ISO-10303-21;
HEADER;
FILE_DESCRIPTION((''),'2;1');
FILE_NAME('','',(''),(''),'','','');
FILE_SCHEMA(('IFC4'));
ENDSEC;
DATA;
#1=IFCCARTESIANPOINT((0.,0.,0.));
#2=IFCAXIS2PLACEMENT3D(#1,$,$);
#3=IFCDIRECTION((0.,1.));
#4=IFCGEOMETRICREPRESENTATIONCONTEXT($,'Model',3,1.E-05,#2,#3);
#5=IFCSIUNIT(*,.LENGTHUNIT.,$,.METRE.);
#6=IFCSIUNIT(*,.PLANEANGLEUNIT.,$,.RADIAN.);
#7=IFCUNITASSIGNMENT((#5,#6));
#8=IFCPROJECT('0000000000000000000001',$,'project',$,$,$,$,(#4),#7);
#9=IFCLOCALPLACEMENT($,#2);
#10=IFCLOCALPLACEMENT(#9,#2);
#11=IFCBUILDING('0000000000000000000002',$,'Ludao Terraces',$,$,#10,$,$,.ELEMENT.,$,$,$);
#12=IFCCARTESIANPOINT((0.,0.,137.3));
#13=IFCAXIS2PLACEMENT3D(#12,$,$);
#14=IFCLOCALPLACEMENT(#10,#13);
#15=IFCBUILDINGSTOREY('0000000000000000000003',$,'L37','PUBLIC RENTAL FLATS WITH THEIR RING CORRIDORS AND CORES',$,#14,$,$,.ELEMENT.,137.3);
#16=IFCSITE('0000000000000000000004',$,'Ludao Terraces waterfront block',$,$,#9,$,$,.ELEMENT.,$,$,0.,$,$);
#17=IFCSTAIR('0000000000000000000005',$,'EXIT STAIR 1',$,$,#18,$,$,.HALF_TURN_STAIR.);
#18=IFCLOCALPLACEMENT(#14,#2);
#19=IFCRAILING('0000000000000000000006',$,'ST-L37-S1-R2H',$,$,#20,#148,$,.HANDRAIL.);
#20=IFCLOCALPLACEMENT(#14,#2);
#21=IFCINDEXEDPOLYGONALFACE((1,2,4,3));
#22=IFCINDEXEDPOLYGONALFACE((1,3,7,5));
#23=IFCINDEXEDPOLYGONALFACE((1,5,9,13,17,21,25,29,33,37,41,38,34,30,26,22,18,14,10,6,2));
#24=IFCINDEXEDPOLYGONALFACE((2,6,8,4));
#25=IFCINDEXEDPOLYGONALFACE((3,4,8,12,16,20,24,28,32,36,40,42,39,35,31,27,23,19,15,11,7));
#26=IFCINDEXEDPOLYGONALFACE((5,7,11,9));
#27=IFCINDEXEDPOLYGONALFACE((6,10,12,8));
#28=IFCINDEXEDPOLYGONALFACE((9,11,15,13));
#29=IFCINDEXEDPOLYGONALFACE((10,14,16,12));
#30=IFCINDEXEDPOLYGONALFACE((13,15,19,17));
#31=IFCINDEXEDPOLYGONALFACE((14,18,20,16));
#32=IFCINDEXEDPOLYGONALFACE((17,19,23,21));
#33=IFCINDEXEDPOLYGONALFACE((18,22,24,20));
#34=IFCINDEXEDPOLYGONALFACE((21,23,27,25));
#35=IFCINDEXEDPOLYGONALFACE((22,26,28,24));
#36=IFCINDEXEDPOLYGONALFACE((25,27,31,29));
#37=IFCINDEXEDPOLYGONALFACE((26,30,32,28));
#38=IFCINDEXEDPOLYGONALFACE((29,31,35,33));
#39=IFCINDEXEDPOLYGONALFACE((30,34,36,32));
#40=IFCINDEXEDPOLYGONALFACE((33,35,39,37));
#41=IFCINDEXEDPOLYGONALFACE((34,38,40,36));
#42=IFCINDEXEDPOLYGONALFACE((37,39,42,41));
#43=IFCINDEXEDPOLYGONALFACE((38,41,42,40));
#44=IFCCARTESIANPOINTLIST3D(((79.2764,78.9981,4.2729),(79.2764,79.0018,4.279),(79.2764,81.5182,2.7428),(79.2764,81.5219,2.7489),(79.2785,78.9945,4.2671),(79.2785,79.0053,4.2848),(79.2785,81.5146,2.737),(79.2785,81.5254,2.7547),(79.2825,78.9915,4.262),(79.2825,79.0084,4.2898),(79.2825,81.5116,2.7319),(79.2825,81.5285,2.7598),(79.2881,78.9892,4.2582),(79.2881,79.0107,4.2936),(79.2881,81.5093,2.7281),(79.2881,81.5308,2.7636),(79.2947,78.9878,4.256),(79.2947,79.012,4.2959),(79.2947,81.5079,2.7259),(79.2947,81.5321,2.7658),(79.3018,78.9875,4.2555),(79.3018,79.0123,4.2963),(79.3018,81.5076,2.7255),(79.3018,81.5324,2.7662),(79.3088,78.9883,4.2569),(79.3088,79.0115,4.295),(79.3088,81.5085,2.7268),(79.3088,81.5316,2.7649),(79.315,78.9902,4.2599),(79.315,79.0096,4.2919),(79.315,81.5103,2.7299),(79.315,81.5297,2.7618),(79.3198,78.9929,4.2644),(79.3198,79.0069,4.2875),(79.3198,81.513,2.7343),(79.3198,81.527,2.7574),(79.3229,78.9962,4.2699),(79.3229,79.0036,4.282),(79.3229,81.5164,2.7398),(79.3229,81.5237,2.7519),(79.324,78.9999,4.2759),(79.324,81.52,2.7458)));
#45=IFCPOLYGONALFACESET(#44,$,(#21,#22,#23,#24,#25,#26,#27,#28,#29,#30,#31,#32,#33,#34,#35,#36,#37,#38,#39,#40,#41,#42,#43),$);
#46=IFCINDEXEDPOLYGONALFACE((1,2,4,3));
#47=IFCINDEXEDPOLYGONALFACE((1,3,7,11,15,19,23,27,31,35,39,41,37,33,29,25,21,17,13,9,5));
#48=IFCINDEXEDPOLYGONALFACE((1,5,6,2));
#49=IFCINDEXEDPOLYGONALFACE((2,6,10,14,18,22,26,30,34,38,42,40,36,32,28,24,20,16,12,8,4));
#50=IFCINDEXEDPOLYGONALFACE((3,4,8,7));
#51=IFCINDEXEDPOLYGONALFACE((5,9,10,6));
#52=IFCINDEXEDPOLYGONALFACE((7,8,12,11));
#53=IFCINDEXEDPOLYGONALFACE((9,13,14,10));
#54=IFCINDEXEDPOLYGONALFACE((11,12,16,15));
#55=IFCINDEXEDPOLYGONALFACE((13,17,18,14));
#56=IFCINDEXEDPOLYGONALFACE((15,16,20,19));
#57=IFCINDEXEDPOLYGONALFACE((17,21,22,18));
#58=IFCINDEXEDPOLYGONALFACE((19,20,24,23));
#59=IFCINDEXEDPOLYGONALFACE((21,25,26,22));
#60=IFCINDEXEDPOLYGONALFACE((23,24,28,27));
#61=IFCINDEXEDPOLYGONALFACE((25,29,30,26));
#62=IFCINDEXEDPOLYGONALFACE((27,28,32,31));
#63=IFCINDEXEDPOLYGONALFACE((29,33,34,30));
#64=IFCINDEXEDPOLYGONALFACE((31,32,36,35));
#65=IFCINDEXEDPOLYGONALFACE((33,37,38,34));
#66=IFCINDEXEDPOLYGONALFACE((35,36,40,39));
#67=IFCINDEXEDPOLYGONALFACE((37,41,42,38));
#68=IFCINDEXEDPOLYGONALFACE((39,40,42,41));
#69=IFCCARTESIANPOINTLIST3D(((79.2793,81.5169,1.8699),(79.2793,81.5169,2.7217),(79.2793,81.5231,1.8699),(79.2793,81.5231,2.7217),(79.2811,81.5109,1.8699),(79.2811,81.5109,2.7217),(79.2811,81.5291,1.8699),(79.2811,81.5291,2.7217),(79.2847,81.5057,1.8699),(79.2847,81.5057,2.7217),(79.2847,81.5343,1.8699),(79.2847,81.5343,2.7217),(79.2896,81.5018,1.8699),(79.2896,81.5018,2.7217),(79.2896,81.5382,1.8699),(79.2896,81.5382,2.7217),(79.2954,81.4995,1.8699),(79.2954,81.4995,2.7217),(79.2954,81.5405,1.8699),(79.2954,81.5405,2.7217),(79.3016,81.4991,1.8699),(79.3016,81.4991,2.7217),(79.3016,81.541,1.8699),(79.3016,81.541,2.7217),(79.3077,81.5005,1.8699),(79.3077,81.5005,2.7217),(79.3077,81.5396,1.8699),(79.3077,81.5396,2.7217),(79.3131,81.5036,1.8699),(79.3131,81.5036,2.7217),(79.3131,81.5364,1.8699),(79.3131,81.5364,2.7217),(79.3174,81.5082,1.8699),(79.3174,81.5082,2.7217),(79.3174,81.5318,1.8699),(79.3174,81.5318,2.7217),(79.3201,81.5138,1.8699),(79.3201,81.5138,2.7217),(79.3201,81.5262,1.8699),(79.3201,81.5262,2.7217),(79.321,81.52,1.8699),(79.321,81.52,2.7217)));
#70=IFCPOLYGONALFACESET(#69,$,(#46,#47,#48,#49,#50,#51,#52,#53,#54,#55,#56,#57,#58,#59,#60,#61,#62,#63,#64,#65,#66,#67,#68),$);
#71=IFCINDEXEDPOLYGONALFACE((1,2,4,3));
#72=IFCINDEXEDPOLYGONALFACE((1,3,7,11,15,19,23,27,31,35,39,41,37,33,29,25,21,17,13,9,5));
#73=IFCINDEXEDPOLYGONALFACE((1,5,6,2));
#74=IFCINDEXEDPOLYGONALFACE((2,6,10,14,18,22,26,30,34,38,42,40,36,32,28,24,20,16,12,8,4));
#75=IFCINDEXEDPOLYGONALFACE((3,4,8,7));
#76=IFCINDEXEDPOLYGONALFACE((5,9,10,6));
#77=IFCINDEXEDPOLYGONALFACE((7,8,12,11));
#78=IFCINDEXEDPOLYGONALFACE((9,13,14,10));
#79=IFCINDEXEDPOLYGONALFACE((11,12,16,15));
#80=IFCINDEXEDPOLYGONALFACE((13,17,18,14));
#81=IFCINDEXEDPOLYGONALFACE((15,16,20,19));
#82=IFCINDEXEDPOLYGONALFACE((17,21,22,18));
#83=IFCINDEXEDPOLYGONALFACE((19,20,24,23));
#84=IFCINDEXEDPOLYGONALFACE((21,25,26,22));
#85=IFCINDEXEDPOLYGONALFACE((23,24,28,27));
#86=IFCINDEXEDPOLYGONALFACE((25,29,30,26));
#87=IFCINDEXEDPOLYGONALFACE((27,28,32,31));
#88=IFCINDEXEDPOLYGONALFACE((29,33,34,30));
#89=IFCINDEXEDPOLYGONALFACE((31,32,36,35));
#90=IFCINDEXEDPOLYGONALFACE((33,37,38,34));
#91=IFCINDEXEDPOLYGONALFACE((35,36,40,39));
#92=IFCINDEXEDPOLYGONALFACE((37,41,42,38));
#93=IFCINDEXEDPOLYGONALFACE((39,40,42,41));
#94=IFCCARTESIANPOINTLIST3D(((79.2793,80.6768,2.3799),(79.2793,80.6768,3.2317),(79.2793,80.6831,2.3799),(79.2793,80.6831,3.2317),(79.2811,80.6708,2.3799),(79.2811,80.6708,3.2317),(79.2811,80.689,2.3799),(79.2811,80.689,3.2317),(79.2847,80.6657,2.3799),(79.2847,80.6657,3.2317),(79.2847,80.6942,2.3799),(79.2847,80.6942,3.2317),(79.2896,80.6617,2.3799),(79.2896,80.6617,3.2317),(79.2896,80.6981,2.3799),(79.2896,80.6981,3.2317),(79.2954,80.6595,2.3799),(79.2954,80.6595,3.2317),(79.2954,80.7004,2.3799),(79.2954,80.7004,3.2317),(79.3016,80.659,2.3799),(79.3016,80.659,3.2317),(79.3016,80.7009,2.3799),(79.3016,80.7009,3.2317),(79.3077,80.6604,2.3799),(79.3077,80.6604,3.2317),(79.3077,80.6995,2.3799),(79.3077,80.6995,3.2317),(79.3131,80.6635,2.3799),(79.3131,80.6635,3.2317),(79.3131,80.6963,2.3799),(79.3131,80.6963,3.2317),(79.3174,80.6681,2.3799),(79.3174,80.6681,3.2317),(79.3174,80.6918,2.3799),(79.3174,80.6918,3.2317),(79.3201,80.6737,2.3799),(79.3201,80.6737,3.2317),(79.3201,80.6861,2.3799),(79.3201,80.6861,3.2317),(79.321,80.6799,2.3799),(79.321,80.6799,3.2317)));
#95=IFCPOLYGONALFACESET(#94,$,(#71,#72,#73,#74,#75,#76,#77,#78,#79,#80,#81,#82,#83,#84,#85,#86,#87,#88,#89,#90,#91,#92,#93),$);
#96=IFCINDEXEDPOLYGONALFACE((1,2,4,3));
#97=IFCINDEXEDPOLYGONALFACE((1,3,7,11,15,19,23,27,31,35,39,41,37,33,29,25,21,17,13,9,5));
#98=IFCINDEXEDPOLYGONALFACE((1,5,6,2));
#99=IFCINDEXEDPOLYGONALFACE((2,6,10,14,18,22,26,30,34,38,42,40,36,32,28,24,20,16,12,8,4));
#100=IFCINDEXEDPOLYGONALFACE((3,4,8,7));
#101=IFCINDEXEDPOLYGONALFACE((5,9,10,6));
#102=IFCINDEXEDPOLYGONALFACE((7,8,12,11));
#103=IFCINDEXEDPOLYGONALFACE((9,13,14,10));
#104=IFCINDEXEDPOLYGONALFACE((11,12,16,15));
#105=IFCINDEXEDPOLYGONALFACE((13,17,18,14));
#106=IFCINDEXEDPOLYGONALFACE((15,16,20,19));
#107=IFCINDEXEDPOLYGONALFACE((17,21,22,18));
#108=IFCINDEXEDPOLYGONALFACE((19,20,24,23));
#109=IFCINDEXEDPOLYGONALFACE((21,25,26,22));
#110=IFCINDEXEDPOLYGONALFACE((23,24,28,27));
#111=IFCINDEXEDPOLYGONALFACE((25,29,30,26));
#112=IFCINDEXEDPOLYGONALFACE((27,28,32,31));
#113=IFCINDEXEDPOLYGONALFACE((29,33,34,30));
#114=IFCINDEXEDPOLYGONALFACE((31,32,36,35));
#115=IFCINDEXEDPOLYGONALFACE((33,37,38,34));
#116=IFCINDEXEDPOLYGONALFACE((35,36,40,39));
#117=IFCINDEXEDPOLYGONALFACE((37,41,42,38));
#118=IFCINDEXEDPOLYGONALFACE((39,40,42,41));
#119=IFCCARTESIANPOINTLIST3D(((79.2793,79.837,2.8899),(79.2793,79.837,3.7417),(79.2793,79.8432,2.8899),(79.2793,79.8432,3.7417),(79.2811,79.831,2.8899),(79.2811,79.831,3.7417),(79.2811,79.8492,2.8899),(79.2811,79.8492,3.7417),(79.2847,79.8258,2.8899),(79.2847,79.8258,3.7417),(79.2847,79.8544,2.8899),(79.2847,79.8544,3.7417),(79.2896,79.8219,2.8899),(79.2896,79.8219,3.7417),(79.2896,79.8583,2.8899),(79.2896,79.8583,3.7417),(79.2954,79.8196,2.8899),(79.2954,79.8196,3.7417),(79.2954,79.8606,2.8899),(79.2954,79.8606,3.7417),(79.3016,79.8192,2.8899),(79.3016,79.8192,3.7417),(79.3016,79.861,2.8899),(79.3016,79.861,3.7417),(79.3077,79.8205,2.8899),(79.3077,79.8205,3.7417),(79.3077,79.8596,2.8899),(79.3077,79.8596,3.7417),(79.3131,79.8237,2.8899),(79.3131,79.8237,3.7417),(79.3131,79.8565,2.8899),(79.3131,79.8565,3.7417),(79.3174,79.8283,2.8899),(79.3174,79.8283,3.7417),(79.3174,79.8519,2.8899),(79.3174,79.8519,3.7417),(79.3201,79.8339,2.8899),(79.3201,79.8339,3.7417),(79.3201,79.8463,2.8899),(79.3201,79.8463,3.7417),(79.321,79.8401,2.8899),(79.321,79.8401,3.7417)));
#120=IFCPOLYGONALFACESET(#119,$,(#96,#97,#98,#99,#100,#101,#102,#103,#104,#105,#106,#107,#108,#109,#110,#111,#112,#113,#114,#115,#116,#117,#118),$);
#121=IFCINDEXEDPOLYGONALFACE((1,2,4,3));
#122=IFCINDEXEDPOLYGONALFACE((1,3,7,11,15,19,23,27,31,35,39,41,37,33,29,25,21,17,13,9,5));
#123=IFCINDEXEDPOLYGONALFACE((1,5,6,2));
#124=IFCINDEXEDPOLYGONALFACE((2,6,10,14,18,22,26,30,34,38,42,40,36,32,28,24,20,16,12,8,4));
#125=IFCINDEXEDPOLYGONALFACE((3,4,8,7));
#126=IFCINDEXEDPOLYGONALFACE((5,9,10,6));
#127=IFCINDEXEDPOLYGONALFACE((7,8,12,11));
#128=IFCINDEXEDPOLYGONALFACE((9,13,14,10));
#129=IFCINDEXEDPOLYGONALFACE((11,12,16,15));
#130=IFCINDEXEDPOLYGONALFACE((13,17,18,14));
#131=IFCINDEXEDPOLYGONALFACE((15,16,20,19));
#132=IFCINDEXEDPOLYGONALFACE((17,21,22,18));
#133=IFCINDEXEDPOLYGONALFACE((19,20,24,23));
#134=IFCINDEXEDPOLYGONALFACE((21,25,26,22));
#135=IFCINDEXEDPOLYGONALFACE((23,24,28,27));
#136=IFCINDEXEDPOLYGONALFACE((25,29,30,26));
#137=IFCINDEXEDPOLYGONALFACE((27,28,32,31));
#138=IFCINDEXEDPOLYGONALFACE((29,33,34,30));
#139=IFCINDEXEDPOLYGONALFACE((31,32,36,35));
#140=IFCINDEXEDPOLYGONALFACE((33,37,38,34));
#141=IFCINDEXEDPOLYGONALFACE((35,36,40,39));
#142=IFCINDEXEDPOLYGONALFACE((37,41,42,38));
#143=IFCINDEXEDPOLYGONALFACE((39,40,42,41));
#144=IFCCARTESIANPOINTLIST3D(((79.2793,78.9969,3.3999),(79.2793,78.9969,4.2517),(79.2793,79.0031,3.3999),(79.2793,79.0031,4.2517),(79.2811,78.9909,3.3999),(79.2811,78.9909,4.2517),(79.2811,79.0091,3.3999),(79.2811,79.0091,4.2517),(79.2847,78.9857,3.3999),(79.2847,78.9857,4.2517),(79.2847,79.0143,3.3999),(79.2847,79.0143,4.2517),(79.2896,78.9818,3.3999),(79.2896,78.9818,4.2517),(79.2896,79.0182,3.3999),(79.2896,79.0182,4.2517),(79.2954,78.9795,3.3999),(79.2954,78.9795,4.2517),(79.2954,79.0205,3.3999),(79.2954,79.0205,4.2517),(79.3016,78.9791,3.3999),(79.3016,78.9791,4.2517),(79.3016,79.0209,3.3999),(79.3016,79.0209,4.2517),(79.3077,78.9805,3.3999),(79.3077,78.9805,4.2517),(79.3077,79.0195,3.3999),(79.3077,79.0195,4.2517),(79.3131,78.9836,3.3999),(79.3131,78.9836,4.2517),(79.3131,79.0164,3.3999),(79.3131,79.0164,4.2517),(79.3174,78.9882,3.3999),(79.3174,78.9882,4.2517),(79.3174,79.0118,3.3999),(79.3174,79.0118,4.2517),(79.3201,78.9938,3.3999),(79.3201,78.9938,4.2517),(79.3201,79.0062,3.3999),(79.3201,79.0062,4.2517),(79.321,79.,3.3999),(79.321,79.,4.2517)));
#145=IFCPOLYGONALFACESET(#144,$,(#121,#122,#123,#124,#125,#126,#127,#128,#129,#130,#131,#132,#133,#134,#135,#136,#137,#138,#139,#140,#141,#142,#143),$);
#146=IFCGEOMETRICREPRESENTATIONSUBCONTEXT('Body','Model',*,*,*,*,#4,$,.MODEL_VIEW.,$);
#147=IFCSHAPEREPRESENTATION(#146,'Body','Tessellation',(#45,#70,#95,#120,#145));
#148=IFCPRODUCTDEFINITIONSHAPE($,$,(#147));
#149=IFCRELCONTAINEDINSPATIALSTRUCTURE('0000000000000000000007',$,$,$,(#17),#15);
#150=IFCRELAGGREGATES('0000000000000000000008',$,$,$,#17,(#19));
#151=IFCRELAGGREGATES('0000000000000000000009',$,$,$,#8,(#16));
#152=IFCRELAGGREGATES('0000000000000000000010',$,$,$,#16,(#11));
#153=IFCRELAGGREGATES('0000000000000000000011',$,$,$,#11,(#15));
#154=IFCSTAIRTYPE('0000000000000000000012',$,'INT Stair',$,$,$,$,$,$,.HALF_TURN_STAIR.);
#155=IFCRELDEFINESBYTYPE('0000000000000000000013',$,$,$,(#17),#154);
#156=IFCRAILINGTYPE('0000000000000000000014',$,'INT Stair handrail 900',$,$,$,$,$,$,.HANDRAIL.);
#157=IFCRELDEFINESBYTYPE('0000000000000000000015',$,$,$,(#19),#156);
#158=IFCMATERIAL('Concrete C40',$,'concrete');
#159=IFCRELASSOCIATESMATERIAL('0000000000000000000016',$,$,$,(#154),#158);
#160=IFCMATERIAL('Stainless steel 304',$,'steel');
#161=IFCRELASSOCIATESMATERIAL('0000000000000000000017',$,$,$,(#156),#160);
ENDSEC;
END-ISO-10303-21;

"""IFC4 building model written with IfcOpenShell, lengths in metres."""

from ifc_helpers import new_model, si_unit, direction, frame, origin, origin_2d, place, context, subcontext, project, spatial, circle, extrude, material, type_object, element, aggregate, save


model = new_model("IFC4")

# Units and contexts
model_context = context("Model", 3, precision=1e-05, world=origin(), true_north=direction((0.0, 1.0)))
body_context = subcontext(model_context, "Body", "Model", "MODEL_VIEW")
ifc_project = project(units=[si_unit("LENGTHUNIT", "METRE"), si_unit("PLANEANGLEUNIT", "RADIAN")], contexts=[model_context])

# Site, building, storey
site_placement = place(None, origin())
site = spatial("IfcSite", under=ifc_project, at=site_placement, Name="Ludao Terraces waterfront block", CompositionType="ELEMENT", RefElevation=0.0)
building_placement = place(site_placement, origin())
building = spatial("IfcBuilding", under=site, at=building_placement, Name="Ludao Terraces", CompositionType="ELEMENT")
storey_placement = place(building_placement, frame((0.0, 0.0, 137.3)))
storey = spatial("IfcBuildingStorey", under=building, at=storey_placement, Name="L37", Description="PUBLIC RENTAL FLATS WITH THEIR RING CORRIDORS AND CORES", CompositionType="ELEMENT", Elevation=137.3)

# Shared definitions
ifc_material_1 = material(Name="Stainless steel 304", Category="steel")

# Stair, railing
ifc_material_2 = material(Name="Concrete C40", Category="concrete")
stair_type = type_object("IfcStairType", Name="INT Stair", PredefinedType="HALF_TURN_STAIR", material=ifc_material_2)
stair_placement = place(storey_placement, origin())
stair = element("IfcStair", 1, at=stair_placement, inside=storey, type_object=stair_type, Name="EXIT STAIR 1", PredefinedType="HALF_TURN_STAIR")
railing_type_1 = type_object("IfcRailingType", Name="INT Stair handrail 900", PredefinedType="HANDRAIL", material=ifc_material_1)
railing_1_placement = place(storey_placement, frame((79.3, 81.52, 1.8699)))
railing_1 = element("IfcRailing", 2, at=railing_1_placement, type_object=railing_type_1, Name="ST-L37-S1-R2H", PredefinedType="HANDRAIL", context=body_context, shape_type="SweptSolid", body=[
    extrude(circle(Radius=0.0239, at=origin_2d()), frame((0.0, 0.0, 0.876), z_axis=(0.0, -0.854785, 0.518982), x_axis=(1.0, 0.0, 0.0)), (0.0, 0.0, 1.0), 2.9482),
    extrude(circle(Radius=0.021, at=origin_2d()), origin(), (0.0, 0.0, 1.0), 0.8518),
    extrude(circle(Radius=0.021, at=origin_2d()), frame((0.0, -0.8401, 0.51)), (0.0, 0.0, 1.0), 0.8518),
    extrude(circle(Radius=0.021, at=origin_2d()), frame((0.0, -1.6799, 1.02)), (0.0, 0.0, 1.0), 0.8518),
    extrude(circle(Radius=0.021, at=origin_2d()), frame((0.0, -2.52, 1.53)), (0.0, 0.0, 1.0), 0.8518),
])
aggregate(stair, [railing_1])

save(model, "model.ifc")
